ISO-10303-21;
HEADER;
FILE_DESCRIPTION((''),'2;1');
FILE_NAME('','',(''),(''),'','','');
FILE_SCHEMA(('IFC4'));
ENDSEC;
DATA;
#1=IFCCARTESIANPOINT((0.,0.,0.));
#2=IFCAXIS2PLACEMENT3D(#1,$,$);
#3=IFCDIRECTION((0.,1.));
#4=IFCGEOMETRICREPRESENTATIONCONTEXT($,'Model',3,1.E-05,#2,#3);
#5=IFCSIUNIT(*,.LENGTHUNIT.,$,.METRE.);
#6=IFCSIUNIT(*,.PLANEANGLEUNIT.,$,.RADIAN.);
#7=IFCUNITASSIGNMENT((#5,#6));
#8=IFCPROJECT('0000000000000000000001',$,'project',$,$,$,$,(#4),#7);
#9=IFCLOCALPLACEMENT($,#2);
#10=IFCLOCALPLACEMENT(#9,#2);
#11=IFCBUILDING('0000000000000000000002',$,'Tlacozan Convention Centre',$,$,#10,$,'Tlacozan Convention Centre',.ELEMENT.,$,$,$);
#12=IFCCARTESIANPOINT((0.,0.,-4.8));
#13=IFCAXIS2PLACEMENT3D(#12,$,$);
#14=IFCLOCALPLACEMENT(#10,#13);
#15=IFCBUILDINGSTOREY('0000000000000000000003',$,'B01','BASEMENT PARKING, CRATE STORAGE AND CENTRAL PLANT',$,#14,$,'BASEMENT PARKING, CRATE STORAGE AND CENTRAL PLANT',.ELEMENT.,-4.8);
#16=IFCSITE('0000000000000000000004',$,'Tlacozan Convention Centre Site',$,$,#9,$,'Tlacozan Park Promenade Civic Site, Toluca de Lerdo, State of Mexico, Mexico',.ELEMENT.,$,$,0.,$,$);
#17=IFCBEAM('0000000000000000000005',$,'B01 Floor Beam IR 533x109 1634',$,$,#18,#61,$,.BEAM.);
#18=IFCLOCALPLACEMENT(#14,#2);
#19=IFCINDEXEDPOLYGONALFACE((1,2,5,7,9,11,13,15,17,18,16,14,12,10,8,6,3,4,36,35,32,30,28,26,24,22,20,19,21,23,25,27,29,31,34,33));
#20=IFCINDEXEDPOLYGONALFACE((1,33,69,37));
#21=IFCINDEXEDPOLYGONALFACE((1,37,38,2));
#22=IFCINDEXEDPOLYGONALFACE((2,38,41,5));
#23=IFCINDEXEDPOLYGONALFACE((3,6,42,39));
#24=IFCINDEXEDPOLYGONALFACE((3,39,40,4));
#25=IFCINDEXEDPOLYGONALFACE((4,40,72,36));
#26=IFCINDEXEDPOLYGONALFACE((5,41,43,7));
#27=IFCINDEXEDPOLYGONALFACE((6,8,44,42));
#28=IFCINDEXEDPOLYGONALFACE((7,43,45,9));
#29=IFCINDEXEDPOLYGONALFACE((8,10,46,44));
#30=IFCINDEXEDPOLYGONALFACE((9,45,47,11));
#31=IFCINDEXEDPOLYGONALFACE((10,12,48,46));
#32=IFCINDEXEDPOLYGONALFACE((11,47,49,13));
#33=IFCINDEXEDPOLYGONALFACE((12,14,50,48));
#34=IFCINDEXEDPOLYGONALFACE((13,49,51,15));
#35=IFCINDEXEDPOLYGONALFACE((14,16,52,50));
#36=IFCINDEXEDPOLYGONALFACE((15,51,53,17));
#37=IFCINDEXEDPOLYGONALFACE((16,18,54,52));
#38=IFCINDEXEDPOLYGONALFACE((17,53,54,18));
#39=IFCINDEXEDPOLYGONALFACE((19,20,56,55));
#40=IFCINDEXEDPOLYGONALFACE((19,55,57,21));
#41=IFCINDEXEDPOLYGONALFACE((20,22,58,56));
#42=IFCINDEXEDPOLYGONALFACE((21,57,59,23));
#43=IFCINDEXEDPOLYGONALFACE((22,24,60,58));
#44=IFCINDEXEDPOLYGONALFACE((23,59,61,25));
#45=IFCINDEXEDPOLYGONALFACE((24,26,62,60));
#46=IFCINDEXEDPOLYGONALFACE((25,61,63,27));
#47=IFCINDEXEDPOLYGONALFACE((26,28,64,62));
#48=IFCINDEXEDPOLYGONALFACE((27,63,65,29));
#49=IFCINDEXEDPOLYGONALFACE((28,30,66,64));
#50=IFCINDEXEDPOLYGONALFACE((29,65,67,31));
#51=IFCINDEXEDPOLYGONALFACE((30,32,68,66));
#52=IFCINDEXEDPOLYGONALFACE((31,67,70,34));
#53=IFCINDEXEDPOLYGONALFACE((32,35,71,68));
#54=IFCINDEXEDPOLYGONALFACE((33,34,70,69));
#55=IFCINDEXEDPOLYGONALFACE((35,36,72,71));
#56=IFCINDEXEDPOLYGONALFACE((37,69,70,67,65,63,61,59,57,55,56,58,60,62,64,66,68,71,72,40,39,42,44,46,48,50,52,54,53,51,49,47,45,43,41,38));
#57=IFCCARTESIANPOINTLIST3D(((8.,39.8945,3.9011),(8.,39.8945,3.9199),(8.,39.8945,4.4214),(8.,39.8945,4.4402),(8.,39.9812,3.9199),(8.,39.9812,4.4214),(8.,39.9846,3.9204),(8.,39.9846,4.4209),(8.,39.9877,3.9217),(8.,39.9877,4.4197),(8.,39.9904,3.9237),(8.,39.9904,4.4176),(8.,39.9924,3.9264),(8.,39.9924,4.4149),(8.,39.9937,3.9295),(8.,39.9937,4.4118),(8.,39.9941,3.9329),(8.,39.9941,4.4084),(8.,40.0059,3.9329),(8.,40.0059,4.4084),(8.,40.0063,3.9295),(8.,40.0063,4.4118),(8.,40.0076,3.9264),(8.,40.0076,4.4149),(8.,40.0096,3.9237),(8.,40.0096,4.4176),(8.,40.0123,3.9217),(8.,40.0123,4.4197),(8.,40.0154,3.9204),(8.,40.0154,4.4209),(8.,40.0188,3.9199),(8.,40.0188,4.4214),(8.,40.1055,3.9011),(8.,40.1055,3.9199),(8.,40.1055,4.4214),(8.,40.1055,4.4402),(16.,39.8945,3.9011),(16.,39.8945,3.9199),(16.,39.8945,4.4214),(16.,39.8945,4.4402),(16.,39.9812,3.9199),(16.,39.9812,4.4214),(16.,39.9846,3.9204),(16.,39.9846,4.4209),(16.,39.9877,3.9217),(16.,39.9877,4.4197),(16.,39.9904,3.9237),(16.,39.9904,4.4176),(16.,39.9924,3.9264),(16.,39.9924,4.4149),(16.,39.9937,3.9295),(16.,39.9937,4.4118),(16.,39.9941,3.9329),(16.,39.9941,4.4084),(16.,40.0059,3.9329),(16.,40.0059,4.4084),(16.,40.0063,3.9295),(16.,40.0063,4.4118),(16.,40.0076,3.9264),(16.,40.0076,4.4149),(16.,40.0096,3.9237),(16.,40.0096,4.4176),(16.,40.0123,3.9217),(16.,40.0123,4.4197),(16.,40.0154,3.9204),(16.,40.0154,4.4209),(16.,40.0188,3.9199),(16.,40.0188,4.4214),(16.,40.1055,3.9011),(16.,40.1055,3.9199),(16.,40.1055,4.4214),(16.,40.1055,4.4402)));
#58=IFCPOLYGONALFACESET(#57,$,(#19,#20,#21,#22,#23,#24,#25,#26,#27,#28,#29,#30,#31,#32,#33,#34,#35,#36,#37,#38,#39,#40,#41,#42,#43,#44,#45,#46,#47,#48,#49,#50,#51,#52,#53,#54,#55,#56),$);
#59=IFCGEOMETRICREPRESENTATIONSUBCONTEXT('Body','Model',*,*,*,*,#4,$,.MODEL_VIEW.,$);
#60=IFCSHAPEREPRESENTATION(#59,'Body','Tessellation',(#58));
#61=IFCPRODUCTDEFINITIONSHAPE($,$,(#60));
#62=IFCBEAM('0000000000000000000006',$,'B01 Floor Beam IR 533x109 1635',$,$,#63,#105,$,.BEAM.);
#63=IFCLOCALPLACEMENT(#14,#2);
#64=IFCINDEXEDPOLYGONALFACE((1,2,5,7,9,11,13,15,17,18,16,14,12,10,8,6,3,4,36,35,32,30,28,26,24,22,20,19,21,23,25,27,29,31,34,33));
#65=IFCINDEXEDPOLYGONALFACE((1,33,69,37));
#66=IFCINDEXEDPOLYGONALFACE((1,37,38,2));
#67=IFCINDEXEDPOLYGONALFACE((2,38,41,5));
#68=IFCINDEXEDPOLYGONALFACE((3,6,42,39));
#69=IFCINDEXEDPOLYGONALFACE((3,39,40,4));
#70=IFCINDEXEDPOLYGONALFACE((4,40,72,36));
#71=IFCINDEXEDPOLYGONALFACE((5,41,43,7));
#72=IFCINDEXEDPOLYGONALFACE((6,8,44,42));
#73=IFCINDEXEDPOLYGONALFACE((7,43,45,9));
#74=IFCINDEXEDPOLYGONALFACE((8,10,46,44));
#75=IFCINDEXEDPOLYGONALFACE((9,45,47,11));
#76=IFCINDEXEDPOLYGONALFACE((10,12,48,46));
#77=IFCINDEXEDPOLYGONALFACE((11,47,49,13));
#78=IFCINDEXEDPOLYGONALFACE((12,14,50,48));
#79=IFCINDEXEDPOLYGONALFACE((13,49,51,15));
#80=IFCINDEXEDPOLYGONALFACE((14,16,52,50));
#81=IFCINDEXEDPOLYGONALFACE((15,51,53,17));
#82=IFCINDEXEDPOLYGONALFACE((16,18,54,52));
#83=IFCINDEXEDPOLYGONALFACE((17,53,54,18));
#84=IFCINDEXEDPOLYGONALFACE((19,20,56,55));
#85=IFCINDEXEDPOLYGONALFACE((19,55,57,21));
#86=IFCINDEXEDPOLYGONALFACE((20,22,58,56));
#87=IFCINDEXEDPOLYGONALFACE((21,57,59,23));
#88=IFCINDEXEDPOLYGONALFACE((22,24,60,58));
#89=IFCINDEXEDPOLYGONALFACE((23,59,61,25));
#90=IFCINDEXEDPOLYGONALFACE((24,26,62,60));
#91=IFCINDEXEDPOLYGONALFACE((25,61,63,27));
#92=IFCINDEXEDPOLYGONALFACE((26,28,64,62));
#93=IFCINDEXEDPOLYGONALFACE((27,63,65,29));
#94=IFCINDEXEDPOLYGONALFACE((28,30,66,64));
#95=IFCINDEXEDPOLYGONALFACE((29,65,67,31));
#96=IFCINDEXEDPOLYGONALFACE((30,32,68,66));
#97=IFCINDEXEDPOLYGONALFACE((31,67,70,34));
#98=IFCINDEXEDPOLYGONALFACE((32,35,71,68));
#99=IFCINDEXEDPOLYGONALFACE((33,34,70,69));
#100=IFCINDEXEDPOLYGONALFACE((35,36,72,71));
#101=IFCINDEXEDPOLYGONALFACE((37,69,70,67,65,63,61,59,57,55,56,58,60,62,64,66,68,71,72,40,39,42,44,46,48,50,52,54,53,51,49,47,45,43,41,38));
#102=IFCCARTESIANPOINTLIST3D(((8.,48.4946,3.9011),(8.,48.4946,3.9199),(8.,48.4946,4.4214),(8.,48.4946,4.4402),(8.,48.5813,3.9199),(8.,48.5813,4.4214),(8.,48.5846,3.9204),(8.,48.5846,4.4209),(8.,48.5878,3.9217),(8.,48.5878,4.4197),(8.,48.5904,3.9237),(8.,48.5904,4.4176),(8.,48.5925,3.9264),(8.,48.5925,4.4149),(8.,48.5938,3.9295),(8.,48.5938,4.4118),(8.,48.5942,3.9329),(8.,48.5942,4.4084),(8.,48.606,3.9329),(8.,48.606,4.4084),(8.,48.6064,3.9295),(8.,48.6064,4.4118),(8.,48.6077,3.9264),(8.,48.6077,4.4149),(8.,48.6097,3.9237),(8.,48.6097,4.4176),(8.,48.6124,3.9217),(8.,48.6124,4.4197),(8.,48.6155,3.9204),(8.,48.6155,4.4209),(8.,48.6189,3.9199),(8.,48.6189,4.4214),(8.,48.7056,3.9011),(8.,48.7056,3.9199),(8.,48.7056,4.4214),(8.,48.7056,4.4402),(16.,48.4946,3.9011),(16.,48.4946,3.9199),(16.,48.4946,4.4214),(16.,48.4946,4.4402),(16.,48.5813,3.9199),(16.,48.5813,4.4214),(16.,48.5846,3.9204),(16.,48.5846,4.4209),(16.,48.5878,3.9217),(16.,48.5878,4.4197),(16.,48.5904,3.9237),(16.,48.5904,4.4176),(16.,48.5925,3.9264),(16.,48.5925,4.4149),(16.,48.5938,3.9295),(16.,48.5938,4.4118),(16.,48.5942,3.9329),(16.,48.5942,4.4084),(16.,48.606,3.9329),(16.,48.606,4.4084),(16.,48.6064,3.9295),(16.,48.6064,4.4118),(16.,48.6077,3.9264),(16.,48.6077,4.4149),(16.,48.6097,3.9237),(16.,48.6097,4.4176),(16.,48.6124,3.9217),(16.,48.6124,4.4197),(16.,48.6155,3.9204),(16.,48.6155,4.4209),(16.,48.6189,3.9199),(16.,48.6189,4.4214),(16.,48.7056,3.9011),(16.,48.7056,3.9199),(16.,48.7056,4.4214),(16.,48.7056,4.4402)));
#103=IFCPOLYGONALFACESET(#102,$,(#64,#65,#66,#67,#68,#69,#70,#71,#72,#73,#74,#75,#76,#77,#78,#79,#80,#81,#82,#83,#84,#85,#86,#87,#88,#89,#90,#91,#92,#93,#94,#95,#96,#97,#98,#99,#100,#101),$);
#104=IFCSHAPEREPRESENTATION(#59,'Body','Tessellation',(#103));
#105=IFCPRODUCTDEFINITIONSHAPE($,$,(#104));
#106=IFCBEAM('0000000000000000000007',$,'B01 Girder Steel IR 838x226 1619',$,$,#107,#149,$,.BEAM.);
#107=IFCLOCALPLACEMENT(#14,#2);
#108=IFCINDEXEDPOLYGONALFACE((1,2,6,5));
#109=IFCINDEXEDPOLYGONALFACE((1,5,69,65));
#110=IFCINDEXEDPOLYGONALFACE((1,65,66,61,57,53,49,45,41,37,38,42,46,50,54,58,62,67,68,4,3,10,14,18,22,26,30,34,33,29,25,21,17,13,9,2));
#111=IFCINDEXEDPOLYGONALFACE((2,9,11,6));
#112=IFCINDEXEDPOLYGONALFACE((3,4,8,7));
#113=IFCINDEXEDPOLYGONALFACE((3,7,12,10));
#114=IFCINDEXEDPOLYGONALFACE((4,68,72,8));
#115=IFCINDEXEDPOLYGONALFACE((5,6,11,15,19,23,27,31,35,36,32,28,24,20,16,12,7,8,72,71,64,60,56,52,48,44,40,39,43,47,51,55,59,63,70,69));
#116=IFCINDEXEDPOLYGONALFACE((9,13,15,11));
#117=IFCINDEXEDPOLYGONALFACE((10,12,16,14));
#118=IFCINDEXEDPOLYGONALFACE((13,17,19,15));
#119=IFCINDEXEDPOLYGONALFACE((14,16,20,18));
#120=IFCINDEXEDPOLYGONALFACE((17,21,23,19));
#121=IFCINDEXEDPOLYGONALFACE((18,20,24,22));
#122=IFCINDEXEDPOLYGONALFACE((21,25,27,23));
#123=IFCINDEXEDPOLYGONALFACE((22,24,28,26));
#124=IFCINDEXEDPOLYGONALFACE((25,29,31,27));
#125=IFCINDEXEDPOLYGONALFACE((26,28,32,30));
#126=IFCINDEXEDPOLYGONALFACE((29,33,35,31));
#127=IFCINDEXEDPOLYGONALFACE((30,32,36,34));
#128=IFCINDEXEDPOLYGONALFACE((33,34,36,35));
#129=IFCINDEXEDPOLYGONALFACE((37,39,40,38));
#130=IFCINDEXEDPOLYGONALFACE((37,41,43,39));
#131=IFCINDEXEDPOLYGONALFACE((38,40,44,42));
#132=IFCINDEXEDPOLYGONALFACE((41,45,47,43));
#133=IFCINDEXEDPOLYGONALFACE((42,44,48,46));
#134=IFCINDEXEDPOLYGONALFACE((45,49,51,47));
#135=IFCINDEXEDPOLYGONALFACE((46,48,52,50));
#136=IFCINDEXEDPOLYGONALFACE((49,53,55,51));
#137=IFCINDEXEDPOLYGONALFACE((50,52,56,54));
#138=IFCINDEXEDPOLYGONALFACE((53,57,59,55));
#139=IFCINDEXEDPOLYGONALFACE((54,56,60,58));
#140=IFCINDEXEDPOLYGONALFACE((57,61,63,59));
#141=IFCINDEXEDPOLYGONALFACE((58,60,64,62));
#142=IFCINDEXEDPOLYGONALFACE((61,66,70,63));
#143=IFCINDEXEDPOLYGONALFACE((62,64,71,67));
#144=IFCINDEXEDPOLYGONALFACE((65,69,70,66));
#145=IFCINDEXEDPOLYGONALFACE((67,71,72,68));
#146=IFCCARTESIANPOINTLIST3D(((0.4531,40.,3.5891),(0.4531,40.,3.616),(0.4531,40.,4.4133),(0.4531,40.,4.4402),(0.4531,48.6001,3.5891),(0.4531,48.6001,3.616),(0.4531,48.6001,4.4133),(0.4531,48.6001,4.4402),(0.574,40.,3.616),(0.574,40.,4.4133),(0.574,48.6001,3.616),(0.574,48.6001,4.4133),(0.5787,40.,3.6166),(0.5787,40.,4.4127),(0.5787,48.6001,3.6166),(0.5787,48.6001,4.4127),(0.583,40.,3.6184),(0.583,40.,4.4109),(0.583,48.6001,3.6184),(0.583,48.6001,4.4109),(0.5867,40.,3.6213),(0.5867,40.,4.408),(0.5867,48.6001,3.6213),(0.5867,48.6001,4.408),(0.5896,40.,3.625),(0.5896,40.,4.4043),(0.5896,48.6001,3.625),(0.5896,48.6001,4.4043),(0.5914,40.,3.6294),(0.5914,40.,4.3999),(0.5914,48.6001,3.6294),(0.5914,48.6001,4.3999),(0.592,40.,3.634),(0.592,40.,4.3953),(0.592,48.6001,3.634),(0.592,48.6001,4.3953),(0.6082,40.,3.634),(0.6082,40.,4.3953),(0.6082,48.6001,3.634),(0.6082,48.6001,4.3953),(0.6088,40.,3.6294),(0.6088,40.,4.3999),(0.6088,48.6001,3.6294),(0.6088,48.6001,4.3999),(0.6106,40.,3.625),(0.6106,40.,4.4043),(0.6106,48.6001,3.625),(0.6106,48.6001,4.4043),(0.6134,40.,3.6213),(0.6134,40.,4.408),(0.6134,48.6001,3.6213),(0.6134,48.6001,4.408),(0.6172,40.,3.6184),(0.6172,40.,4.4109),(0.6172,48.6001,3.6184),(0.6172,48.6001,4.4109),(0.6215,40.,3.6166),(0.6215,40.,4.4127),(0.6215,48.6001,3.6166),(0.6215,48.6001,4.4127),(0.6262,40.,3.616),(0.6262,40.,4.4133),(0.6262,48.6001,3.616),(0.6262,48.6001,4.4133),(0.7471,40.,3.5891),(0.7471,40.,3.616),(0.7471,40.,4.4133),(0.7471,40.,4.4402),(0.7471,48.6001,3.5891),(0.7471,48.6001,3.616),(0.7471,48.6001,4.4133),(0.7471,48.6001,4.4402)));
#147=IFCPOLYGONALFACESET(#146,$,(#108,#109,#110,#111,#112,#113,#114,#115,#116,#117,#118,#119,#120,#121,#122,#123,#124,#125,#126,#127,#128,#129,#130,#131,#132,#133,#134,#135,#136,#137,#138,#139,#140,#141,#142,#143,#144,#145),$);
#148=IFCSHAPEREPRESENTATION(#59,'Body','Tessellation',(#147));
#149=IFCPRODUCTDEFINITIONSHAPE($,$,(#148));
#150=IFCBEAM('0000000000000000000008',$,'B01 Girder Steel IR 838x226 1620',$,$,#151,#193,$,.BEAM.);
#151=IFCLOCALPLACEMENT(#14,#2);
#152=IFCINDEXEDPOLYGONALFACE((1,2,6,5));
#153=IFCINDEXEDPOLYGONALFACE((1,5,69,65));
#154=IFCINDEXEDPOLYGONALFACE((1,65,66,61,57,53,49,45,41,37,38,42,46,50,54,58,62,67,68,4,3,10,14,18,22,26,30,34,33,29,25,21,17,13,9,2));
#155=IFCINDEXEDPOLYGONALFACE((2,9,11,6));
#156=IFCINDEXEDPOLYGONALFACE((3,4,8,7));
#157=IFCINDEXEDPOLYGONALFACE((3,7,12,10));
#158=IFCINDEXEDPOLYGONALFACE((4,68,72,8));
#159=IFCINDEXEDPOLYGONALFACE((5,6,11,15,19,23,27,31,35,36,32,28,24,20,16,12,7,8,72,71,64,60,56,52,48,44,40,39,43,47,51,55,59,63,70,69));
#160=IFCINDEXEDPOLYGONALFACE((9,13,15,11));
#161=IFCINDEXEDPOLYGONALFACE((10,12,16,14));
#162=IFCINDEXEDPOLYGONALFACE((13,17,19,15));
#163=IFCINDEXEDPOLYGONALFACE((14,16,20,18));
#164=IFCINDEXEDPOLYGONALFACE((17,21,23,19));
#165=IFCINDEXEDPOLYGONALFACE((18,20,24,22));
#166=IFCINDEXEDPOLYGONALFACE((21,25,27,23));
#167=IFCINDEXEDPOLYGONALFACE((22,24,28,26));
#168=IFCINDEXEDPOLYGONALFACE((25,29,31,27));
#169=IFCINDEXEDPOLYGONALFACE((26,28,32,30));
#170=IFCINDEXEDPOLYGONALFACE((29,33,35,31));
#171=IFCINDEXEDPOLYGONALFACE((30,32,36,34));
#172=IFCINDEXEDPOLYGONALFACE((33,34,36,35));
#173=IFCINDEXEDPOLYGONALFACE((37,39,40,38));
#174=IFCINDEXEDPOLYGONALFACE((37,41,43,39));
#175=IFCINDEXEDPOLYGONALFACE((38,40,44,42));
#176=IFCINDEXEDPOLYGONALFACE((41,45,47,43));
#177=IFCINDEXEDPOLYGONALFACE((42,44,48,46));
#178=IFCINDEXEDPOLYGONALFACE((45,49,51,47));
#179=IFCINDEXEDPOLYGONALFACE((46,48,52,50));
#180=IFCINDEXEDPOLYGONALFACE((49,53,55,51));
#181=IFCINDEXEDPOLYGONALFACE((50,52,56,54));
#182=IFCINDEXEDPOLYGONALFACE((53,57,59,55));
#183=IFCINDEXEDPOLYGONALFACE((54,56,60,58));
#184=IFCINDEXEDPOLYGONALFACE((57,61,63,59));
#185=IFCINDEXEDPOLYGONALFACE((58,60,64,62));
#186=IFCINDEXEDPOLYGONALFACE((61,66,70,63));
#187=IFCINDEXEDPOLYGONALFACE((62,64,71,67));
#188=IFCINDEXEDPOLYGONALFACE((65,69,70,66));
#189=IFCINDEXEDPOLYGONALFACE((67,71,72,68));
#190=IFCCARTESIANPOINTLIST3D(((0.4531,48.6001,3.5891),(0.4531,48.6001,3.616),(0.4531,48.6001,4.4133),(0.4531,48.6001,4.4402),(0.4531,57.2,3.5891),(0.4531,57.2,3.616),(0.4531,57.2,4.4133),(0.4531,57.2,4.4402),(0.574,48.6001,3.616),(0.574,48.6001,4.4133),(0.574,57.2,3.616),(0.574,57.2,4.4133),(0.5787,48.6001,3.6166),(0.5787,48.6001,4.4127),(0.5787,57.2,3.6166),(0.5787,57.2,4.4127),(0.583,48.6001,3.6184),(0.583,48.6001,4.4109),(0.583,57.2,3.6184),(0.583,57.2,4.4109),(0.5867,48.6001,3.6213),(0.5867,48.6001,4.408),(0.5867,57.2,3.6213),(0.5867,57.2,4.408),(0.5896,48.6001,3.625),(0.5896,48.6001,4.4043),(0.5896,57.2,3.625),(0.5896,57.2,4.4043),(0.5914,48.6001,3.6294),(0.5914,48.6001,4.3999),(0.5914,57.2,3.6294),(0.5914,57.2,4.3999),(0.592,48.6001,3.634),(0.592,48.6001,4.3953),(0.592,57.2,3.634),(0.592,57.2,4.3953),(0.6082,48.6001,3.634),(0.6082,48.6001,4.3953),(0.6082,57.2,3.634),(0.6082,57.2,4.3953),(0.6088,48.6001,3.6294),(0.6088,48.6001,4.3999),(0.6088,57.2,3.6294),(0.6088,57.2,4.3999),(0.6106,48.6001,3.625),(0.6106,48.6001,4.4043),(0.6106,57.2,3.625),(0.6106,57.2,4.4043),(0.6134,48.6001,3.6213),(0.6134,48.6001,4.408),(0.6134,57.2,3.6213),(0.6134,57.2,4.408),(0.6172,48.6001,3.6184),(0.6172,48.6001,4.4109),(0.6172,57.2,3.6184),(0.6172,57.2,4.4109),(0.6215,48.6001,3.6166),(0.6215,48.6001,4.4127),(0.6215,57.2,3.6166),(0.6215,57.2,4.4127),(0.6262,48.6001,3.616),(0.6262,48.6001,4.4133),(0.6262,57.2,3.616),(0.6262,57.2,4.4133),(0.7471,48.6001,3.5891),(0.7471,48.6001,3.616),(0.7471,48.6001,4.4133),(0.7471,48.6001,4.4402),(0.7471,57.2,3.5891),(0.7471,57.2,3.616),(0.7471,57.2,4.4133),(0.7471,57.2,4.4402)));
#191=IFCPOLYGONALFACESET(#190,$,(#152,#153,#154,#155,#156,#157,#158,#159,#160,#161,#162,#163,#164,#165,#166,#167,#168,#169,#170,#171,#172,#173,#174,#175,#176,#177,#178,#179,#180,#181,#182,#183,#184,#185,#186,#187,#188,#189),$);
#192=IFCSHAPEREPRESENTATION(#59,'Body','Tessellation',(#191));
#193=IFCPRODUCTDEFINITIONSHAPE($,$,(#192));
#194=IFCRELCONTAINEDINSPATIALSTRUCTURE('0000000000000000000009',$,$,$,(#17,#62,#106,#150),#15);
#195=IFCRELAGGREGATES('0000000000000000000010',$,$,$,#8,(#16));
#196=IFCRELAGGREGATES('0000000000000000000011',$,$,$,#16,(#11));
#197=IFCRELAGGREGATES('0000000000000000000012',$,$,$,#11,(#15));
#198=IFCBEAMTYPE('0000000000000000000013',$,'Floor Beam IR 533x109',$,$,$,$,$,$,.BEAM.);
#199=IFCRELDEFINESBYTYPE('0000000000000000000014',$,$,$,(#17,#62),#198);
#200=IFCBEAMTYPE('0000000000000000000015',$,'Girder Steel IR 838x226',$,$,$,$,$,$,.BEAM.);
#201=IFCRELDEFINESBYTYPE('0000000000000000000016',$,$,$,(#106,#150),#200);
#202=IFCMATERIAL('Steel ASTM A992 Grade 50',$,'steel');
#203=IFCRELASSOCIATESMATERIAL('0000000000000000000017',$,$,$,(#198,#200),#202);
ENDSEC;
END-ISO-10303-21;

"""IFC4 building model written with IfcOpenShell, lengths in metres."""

from ifc_helpers import new_model, si_unit, direction, frame, origin, origin_2d, place, context, subcontext, project, spatial, i_section, extrude, material, material_profile, profile_set, type_object, element, save


model = new_model("IFC4")

# Units and contexts
model_context = context("Model", 3, precision=1e-05, world=origin(), true_north=direction((0.0, 1.0)))
body_context = subcontext(model_context, "Body", "Model", "MODEL_VIEW")
ifc_project = project(units=[si_unit("LENGTHUNIT", "METRE"), si_unit("PLANEANGLEUNIT", "RADIAN")], contexts=[model_context])

# Site, building, storey
site_placement = place(None, origin())
site = spatial("IfcSite", under=ifc_project, at=site_placement, Name="Tlacozan Convention Centre Site", LongName="Tlacozan Park Promenade Civic Site, Toluca de Lerdo, State of Mexico, Mexico", CompositionType="ELEMENT", RefElevation=0.0)
building_placement = place(site_placement, origin())
building = spatial("IfcBuilding", under=site, at=building_placement, Name="Tlacozan Convention Centre", LongName="Tlacozan Convention Centre", CompositionType="ELEMENT")
storey_placement = place(building_placement, frame((0.0, 0.0, -4.8)))
storey = spatial("IfcBuildingStorey", under=building, at=storey_placement, Name="B01", Description="BASEMENT PARKING, CRATE STORAGE AND CENTRAL PLANT", LongName="BASEMENT PARKING, CRATE STORAGE AND CENTRAL PLANT", CompositionType="ELEMENT", Elevation=-4.8)

# Beams
ifc_material_1 = material(Name="Steel ASTM A992 Grade 50", Category="steel")
ifc_material_profile_1 = material_profile(ifc_material_1, i_section(OverallWidth=0.2109, OverallDepth=0.5391, WebThickness=0.0117, FlangeThickness=0.0188, FilletRadius=0.0129, at=origin_2d()), Name="IR 533x109.0")
ifc_profile_set_1 = profile_set([ifc_material_profile_1], Name="Steel ASTM A992 Grade 50")
beam_type_1 = type_object("IfcBeamType", Name="Floor Beam IR 533x109", PredefinedType="BEAM", material=ifc_profile_set_1)
for number, where, z_axis, x_axis, name in (
    (1, (8.0, 40.0, 4.1707), (1.0, 0.0, 0.0), (0.0, 1.0, 0.0), "B01 Floor Beam IR 533x109 1634"),
    (2, (8.0, 48.6001, 4.1707), (1.0, 0.0, 0.0), (0.0, 1.0, 0.0), "B01 Floor Beam IR 533x109 1635"),
):
    element("IfcBeam", number, at=place(storey_placement, frame(where, z_axis=z_axis, x_axis=x_axis)), inside=storey, type_object=beam_type_1, Name=name, PredefinedType="BEAM", context=body_context, shape_type="SweptSolid", body=[
        extrude(i_section(OverallWidth=0.2109, OverallDepth=0.5391, WebThickness=0.0117, FlangeThickness=0.0188, FilletRadius=0.0129, at=origin_2d()), origin(), (0.0, 0.0, 1.0), 8.0),
    ])
ifc_material_profile_2 = material_profile(ifc_material_1, i_section(OverallWidth=0.2939, OverallDepth=0.8511, WebThickness=0.0161, FlangeThickness=0.0269, FilletRadius=0.0181, at=origin_2d()), Name="IR 838x226.0")
ifc_profile_set_2 = profile_set([ifc_material_profile_2], Name="Steel ASTM A992 Grade 50")
beam_type_2 = type_object("IfcBeamType", Name="Girder Steel IR 838x226", PredefinedType="BEAM", material=ifc_profile_set_2)
beam_1_placement = place(storey_placement, frame((0.6001, 40.0, 4.0146), z_axis=(0.0, 1.0, 0.0), x_axis=(-1.0, 0.0, 0.0)))
element("IfcBeam", 3, at=beam_1_placement, inside=storey, type_object=beam_type_2, Name="B01 Girder Steel IR 838x226 1619", PredefinedType="BEAM", context=body_context, shape_type="SweptSolid", body=[
    extrude(i_section(OverallWidth=0.2939, OverallDepth=0.8511, WebThickness=0.0161, FlangeThickness=0.0269, FilletRadius=0.0181, at=origin_2d()), origin(), (0.0, 0.0, 1.0), 8.6001),
])
beam_2_placement = place(storey_placement, frame((0.6001, 48.6001, 4.0146), z_axis=(0.0, 1.0, 0.0), x_axis=(-1.0, 0.0, 0.0)))
element("IfcBeam", 4, at=beam_2_placement, inside=storey, type_object=beam_type_2, Name="B01 Girder Steel IR 838x226 1620", PredefinedType="BEAM", context=body_context, shape_type="SweptSolid", body=[
    extrude(i_section(OverallWidth=0.2939, OverallDepth=0.8511, WebThickness=0.0161, FlangeThickness=0.0269, FilletRadius=0.0181, at=origin_2d()), origin(), (0.0, 0.0, 1.0), 8.5999),
])

save(model, "model.ifc")
